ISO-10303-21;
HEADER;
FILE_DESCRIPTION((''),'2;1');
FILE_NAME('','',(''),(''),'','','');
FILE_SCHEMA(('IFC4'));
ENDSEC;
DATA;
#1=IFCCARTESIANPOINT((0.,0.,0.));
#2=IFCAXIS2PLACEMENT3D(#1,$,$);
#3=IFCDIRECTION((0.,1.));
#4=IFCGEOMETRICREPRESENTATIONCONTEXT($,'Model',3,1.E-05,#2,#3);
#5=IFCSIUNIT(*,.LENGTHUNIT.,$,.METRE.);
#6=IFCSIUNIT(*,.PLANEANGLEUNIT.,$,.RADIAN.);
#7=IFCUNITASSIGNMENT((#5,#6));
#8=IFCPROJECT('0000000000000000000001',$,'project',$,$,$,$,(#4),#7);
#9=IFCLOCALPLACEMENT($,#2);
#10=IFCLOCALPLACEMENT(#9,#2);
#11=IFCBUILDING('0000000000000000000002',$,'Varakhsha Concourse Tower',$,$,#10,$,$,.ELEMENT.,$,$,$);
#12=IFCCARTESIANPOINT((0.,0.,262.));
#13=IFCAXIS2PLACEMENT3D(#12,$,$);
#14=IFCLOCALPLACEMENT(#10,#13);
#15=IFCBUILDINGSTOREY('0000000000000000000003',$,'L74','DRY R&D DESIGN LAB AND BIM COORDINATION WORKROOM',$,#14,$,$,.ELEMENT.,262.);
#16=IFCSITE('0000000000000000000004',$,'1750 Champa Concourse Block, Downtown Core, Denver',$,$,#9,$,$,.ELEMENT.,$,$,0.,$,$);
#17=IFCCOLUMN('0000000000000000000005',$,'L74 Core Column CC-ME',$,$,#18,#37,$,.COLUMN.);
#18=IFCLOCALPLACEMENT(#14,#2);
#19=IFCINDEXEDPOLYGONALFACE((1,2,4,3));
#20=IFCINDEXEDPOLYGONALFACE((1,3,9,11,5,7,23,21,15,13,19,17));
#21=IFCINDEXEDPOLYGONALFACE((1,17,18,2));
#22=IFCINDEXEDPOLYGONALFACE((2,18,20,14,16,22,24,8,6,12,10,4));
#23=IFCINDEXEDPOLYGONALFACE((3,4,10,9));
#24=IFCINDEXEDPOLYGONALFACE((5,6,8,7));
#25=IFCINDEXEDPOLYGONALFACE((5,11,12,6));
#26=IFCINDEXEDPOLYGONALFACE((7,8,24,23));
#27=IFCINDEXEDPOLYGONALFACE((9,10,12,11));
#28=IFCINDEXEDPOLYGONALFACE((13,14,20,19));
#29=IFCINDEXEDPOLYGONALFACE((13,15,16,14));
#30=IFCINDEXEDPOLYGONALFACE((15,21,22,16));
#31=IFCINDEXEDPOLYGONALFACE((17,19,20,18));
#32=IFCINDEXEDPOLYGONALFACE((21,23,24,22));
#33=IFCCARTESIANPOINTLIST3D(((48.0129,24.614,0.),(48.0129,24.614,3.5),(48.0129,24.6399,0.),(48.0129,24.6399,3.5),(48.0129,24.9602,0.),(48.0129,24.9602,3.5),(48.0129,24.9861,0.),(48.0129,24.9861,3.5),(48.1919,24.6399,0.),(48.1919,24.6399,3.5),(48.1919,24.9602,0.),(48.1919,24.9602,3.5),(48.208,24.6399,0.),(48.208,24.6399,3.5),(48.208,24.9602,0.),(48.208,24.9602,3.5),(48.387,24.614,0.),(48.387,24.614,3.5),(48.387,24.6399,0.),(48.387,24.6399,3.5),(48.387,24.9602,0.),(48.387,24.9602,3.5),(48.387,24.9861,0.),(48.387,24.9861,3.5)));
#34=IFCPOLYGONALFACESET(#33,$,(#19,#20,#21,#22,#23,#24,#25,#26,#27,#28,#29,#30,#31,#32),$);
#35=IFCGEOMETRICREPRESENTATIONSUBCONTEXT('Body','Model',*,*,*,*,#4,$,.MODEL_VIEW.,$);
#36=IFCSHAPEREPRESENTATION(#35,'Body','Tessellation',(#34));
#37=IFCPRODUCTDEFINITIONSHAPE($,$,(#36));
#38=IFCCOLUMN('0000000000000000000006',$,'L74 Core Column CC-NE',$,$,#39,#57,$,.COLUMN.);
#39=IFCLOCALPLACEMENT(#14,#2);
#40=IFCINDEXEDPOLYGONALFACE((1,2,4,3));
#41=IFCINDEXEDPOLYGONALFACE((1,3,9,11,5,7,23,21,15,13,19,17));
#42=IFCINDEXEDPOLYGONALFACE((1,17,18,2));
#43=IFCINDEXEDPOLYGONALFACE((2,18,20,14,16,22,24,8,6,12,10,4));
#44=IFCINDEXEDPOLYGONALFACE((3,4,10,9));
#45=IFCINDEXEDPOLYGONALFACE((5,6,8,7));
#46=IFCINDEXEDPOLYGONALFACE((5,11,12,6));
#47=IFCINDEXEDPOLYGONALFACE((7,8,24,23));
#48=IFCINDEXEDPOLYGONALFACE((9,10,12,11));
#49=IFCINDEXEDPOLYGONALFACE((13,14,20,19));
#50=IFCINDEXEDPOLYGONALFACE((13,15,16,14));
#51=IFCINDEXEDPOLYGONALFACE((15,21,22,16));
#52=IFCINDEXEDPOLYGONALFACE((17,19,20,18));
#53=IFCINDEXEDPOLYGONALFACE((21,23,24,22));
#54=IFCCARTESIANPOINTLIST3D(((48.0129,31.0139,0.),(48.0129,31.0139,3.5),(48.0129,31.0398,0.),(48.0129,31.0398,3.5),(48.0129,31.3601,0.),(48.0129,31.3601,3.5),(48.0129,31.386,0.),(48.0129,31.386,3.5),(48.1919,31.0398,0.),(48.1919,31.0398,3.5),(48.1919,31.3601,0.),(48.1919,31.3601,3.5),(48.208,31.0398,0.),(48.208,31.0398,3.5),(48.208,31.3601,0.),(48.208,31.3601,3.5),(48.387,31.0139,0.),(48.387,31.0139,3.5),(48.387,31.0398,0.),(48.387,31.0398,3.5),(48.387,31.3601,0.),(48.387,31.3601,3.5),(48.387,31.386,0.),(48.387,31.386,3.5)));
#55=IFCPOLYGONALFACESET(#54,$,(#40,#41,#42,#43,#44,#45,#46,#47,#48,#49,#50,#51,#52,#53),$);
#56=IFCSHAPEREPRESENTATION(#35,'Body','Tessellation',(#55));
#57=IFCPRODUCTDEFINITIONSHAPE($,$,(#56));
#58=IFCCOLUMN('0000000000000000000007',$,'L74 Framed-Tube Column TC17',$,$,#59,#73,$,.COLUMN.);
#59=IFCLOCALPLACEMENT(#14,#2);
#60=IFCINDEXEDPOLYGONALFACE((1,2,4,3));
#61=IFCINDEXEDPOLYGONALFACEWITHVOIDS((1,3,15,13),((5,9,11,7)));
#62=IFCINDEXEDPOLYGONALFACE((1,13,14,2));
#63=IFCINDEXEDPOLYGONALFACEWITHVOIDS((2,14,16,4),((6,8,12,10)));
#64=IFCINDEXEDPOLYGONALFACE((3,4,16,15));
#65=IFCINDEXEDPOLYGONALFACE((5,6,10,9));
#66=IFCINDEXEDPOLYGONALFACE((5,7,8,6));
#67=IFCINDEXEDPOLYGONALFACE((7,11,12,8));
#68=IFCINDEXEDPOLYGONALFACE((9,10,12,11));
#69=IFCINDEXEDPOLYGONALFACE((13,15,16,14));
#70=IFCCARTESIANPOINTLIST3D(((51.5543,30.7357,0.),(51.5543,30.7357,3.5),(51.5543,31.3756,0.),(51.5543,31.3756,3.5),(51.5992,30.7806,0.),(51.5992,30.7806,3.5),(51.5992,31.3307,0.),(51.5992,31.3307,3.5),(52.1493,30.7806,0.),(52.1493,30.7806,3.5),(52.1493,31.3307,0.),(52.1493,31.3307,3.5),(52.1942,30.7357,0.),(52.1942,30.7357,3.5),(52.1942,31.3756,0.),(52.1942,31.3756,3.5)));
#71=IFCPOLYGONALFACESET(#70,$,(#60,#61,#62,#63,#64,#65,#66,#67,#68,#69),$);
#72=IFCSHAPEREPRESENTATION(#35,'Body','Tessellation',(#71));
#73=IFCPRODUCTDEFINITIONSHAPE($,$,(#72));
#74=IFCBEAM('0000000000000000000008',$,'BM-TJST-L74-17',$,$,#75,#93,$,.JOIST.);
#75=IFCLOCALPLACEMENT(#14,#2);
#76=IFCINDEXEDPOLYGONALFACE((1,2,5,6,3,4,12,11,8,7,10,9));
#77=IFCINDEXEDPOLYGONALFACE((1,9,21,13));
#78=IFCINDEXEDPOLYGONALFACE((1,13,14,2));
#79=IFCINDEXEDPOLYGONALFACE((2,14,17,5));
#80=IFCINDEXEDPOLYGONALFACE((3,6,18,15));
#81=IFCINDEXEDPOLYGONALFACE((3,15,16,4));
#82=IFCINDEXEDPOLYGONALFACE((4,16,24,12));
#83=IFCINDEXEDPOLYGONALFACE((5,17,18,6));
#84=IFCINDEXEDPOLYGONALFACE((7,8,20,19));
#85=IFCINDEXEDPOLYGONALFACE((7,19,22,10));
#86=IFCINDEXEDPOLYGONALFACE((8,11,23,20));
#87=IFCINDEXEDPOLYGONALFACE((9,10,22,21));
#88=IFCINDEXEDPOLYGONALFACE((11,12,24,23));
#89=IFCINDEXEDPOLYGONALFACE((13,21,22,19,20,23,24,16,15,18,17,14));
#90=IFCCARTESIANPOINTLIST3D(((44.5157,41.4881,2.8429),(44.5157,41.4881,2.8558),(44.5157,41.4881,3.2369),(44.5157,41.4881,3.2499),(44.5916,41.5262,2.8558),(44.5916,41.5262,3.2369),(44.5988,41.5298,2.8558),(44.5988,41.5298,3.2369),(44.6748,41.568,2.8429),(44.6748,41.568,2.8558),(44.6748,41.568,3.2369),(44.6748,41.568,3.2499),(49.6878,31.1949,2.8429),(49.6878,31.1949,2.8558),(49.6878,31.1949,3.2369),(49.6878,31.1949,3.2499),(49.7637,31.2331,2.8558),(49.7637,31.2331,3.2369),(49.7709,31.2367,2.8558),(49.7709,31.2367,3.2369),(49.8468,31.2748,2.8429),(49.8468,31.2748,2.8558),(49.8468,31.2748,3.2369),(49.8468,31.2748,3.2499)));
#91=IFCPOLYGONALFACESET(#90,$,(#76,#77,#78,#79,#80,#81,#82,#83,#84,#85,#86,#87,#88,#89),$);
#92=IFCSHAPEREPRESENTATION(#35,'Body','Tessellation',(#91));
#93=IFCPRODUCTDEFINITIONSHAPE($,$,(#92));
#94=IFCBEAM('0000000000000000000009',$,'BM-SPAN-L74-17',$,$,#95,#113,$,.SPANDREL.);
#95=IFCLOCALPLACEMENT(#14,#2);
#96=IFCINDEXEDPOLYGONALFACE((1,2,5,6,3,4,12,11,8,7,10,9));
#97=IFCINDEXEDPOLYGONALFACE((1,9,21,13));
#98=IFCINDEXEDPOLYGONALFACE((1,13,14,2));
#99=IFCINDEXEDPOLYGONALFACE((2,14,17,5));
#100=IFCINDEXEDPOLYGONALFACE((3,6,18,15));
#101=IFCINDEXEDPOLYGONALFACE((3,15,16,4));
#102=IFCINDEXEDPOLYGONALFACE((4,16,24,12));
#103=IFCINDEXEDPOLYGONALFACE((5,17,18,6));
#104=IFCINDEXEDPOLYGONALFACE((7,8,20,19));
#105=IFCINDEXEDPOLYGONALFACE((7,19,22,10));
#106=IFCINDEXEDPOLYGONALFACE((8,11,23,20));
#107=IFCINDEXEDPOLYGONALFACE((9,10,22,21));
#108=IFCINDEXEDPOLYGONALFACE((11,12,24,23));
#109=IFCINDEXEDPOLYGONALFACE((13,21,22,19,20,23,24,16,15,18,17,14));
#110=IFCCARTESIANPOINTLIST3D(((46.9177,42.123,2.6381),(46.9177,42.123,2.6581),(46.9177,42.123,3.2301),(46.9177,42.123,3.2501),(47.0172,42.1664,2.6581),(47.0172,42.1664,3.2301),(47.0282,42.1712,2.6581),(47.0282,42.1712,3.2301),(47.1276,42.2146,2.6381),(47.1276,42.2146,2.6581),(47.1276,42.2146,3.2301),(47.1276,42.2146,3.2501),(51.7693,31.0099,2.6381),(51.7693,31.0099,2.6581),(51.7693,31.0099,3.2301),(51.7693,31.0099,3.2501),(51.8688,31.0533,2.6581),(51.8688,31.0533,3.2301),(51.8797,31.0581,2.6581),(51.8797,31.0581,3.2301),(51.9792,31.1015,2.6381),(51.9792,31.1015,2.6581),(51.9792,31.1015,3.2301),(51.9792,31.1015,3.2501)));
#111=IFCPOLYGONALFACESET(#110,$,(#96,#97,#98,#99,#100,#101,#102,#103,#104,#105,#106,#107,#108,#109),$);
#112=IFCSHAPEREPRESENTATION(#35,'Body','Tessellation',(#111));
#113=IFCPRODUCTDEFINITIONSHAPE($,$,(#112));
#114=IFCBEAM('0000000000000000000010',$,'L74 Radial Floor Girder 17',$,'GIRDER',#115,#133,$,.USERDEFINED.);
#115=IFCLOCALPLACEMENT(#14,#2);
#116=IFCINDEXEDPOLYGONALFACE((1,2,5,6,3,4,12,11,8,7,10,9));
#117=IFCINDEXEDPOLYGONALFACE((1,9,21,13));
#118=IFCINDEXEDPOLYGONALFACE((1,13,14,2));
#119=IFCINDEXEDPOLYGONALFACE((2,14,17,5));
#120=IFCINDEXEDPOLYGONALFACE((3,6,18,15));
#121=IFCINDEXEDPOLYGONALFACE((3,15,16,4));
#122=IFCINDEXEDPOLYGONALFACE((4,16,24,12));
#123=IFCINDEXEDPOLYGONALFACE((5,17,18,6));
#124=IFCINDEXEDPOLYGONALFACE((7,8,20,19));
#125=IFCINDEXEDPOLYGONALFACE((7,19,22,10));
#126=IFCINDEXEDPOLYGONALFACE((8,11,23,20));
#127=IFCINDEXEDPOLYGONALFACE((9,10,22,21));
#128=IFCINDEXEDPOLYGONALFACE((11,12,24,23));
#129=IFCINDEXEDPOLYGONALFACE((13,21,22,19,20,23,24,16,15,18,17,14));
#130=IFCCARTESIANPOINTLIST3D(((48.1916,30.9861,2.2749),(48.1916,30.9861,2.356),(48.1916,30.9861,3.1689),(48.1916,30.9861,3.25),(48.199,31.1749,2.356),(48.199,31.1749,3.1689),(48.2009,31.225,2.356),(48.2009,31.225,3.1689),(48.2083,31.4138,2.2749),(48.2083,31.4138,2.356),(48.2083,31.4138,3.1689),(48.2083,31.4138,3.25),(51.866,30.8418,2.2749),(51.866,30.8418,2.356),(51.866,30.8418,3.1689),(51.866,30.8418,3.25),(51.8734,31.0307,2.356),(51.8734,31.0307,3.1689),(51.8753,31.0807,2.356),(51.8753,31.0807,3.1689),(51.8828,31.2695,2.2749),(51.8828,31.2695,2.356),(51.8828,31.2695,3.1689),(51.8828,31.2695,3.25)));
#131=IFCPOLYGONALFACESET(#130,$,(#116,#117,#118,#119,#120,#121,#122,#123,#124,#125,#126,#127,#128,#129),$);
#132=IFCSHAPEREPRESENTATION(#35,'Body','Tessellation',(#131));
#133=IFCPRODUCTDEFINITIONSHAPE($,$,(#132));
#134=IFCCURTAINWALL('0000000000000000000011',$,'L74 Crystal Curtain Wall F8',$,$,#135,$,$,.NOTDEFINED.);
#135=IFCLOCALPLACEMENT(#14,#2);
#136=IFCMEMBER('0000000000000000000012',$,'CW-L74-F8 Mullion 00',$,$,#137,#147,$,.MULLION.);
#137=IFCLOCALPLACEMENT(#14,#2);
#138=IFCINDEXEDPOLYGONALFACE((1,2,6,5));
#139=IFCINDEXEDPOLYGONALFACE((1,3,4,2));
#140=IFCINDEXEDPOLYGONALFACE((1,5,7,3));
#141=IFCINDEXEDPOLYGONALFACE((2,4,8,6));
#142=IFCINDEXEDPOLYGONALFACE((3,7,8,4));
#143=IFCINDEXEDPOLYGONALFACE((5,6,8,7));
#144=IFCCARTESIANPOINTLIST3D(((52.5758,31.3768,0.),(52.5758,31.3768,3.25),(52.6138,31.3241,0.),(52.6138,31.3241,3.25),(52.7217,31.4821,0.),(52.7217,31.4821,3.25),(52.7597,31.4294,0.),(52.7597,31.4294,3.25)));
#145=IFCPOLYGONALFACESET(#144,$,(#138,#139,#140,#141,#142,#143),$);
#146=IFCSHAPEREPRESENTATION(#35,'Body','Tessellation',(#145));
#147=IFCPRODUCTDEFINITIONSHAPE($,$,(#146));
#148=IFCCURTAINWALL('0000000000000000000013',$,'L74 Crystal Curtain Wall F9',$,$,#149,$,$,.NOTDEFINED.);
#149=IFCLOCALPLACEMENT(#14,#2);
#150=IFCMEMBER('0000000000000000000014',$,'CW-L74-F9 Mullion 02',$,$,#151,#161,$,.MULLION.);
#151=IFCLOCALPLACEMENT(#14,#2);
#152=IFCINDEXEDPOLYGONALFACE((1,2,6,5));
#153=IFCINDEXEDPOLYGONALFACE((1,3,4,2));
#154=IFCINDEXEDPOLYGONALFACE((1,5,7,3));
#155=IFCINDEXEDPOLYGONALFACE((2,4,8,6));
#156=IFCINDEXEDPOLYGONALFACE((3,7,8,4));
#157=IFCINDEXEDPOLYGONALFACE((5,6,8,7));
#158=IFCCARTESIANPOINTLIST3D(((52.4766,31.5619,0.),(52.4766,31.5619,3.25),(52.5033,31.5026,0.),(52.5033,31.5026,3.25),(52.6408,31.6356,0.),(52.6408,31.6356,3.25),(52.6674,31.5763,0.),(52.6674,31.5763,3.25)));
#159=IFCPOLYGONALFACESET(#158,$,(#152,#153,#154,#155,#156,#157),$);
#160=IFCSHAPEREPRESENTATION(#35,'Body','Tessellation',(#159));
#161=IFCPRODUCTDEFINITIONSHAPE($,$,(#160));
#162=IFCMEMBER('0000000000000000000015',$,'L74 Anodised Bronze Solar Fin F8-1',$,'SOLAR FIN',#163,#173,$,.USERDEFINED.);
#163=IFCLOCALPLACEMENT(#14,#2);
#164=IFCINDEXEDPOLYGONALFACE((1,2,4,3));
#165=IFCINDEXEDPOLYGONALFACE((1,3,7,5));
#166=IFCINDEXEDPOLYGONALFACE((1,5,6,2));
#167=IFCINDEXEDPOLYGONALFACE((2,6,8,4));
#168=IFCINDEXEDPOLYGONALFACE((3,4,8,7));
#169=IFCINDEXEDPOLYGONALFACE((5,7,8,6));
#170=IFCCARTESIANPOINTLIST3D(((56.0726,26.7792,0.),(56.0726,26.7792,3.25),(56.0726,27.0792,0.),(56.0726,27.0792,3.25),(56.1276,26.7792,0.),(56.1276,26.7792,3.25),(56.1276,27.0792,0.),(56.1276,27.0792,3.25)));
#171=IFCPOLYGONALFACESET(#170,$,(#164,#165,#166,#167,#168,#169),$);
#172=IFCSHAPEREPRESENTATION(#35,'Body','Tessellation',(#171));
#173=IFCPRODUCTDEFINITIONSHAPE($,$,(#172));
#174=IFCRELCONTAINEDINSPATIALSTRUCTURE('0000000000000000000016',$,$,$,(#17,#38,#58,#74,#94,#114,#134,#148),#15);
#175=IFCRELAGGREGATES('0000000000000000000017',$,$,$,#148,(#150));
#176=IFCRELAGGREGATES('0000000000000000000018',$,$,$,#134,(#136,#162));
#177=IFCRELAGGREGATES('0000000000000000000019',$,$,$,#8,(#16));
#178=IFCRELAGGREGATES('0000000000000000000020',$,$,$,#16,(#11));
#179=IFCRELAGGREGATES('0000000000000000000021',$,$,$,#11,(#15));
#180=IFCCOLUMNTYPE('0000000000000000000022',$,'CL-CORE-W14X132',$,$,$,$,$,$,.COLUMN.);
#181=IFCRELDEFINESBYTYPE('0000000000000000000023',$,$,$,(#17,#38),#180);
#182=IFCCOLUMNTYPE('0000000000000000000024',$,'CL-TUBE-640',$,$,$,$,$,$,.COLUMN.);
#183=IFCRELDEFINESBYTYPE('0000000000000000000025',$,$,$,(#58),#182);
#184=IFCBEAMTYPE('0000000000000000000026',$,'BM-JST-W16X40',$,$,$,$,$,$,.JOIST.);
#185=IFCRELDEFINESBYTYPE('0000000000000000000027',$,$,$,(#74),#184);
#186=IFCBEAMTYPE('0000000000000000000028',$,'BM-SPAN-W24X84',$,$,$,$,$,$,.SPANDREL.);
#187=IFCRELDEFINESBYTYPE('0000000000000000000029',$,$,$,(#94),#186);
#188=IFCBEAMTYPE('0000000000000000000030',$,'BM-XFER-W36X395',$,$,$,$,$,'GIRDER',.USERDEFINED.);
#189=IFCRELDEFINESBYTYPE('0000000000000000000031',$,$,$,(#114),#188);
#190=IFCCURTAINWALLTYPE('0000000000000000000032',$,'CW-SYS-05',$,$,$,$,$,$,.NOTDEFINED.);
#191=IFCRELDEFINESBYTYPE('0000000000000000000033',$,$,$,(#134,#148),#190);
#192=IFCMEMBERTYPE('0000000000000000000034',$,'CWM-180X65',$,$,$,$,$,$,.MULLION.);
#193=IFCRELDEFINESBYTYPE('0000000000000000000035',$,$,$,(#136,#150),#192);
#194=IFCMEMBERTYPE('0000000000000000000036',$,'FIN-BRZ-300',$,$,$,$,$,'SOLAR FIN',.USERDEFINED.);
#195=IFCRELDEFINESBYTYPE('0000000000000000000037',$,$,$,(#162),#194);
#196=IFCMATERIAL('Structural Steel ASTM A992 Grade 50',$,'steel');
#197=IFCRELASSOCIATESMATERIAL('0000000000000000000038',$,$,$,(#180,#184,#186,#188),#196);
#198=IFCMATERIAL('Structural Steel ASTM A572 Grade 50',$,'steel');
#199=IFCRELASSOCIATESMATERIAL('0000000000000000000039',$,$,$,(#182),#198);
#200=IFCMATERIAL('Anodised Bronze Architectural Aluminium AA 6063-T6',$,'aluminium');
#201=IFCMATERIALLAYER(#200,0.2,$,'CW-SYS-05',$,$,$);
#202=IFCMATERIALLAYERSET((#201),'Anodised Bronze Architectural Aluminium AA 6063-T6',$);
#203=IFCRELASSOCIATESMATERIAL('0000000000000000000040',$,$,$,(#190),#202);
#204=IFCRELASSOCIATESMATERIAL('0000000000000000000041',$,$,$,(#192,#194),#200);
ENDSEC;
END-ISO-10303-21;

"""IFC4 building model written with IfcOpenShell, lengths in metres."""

from ifc_helpers import new_model, si_unit, direction, frame, origin, origin_2d, place, context, subcontext, project, spatial, rectangle, hollow_rectangle, i_section, extrude, source, transform, mapped, material, layer, layer_set, material_profile, profile_set, type_object, type_shapes, element, aggregate, save


model = new_model("IFC4")

# Units and contexts
model_context = context("Model", 3, precision=1e-05, world=origin(), true_north=direction((0.0, 1.0)))
body_context = subcontext(model_context, "Body", "Model", "MODEL_VIEW")
ifc_project = project(units=[si_unit("LENGTHUNIT", "METRE"), si_unit("PLANEANGLEUNIT", "RADIAN")], contexts=[model_context])

# Site, building, storey
site_placement = place(None, origin())
site = spatial("IfcSite", under=ifc_project, at=site_placement, Name="1750 Champa Concourse Block, Downtown Core, Denver", CompositionType="ELEMENT", RefElevation=0.0)
building_placement = place(site_placement, origin())
building = spatial("IfcBuilding", under=site, at=building_placement, Name="Varakhsha Concourse Tower", CompositionType="ELEMENT")
storey_placement = place(building_placement, frame((0.0, 0.0, 262.0)))
storey = spatial("IfcBuildingStorey", under=building, at=storey_placement, Name="L74", Description="DRY R&D DESIGN LAB AND BIM COORDINATION WORKROOM", CompositionType="ELEMENT", Elevation=262.0)

# Columns
ifc_material_1 = material(Name="Structural Steel ASTM A992 Grade 50", Category="steel")
ifc_material_profile_1 = material_profile(ifc_material_1, i_section(OverallWidth=0.374, OverallDepth=0.3721, WebThickness=0.0161, FlangeThickness=0.0259, at=origin_2d()), Name="W14X132")
ifc_profile_set_1 = profile_set([ifc_material_profile_1], Name="Structural Steel ASTM A992 Grade 50")
column_type_1 = type_object("IfcColumnType", Name="CL-CORE-W14X132", PredefinedType="COLUMN", material=ifc_profile_set_1)
for number, where, z_axis, x_axis, name in (
    (1, (48.2, 24.8, 0.0), (0.0, 0.0, 1.0), (1.0, 0.0, 0.0), "L74 Core Column CC-ME"),
    (2, (48.2, 31.2, 0.0), (0.0, 0.0, 1.0), (1.0, 0.0, 0.0), "L74 Core Column CC-NE"),
):
    element("IfcColumn", number, at=place(storey_placement, frame(where, z_axis=z_axis, x_axis=x_axis)), inside=storey, type_object=column_type_1, Name=name, PredefinedType="COLUMN", context=body_context, shape_type="SweptSolid", body=[
        extrude(i_section(OverallWidth=0.374, OverallDepth=0.3721, WebThickness=0.0161, FlangeThickness=0.0259, at=origin_2d()), origin(), (0.0, 0.0, 1.0), 3.5),
    ])
ifc_material_2 = material(Name="Structural Steel ASTM A572 Grade 50", Category="steel")
ifc_material_profile_2 = material_profile(ifc_material_2, hollow_rectangle(XDim=0.6399, YDim=0.6399, WallThickness=0.0449, at=origin_2d()), Name="BOX 640x640x45")
ifc_profile_set_2 = profile_set([ifc_material_profile_2], Name="Structural Steel ASTM A572 Grade 50")
column_type_2 = type_object("IfcColumnType", Name="CL-TUBE-640", PredefinedType="COLUMN", material=ifc_profile_set_2)
column_placement = place(storey_placement, frame((51.8743, 31.0557, 0.0), z_axis=(0.0, 0.0, 1.0), x_axis=(1.0, 0.0, 0.0)))
element("IfcColumn", 3, at=column_placement, inside=storey, type_object=column_type_2, Name="L74 Framed-Tube Column TC17", PredefinedType="COLUMN", context=body_context, shape_type="SweptSolid", body=[
    extrude(hollow_rectangle(XDim=0.6399, YDim=0.6399, WallThickness=0.0449, at=origin_2d()), origin(), (0.0, 0.0, 1.0), 3.5),
])

# Beams
ifc_material_profile_3 = material_profile(ifc_material_1, i_section(OverallWidth=0.178, OverallDepth=0.407, WebThickness=0.0081, FlangeThickness=0.0129, at=origin_2d()), Name="W16X40")
ifc_profile_set_3 = profile_set([ifc_material_profile_3], Name="Structural Steel ASTM A992 Grade 50")
beam_type_1 = type_object("IfcBeamType", Name="BM-JST-W16X40", PredefinedType="JOIST", material=ifc_profile_set_3)
beam_1_placement = place(storey_placement, frame((49.7673, 31.2349, 3.0464), z_axis=(-0.448984, 0.89354, 0.0), x_axis=(-0.89354, -0.448984, 0.0)))
element("IfcBeam", 4, at=beam_1_placement, inside=storey, type_object=beam_type_1, Name="BM-TJST-L74-17", PredefinedType="JOIST", context=body_context, shape_type="SweptSolid", body=[
    extrude(i_section(OverallWidth=0.178, OverallDepth=0.407, WebThickness=0.0081, FlangeThickness=0.0129, at=origin_2d()), origin(), (0.0, 0.0, 1.0), 11.5195),
])
ifc_material_profile_4 = material_profile(ifc_material_1, i_section(OverallWidth=0.229, OverallDepth=0.6121, WebThickness=0.012, FlangeThickness=0.02, at=origin_2d()), Name="W24X84")
ifc_profile_set_4 = profile_set([ifc_material_profile_4], Name="Structural Steel ASTM A992 Grade 50")
beam_type_2 = type_object("IfcBeamType", Name="BM-SPAN-W24X84", PredefinedType="SPANDREL", material=ifc_profile_set_4)
beam_2_placement = place(storey_placement, frame((51.8743, 31.0557, 2.9441), z_axis=(-0.400099, 0.916472, 0.0), x_axis=(-0.916472, -0.400099, 0.0)))
element("IfcBeam", 5, at=beam_2_placement, inside=storey, type_object=beam_type_2, Name="BM-SPAN-L74-17", PredefinedType="SPANDREL", context=body_context, shape_type="SweptSolid", body=[
    extrude(i_section(OverallWidth=0.229, OverallDepth=0.6121, WebThickness=0.012, FlangeThickness=0.02, at=origin_2d()), origin(), (0.0, 0.0, 1.0), 12.126),
])
ifc_material_profile_5 = material_profile(ifc_material_1, i_section(OverallWidth=0.428, OverallDepth=0.9751, WebThickness=0.05, FlangeThickness=0.0811, at=origin_2d()), Name="W36X395")
ifc_profile_set_5 = profile_set([ifc_material_profile_5], Name="Structural Steel ASTM A992 Grade 50")
beam_type_3 = type_object("IfcBeamType", Name="BM-XFER-W36X395", ElementType="GIRDER", PredefinedType="USERDEFINED", material=ifc_profile_set_5)
beam_3_placement = place(storey_placement, frame((48.2, 31.2, 2.7625), z_axis=(0.99923, -0.039239, 0.0), x_axis=(0.039239, 0.99923, 0.0)))
element("IfcBeam", 6, at=beam_3_placement, inside=storey, type_object=beam_type_3, Name="L74 Radial Floor Girder 17", ObjectType="GIRDER", PredefinedType="USERDEFINED", context=body_context, shape_type="SweptSolid", body=[
    extrude(i_section(OverallWidth=0.428, OverallDepth=0.9751, WebThickness=0.05, FlangeThickness=0.0811, at=origin_2d()), origin(), (0.0, 0.0, 1.0), 3.6772),
])

# Curtain walls, members
ifc_material_3 = material(Name="Anodised Bronze Architectural Aluminium AA 6063-T6", Category="aluminium")
ifc_layer_1 = layer(ifc_material_3, 0.2, Name="CW-SYS-05")
ifc_layer_set_1 = layer_set([ifc_layer_1], Name="Anodised Bronze Architectural Aluminium AA 6063-T6")
curtain_wall_type = type_object("IfcCurtainWallType", Name="CW-SYS-05", PredefinedType="NOTDEFINED", material=ifc_layer_set_1)
curtain_wall_1_placement = place(storey_placement, origin())
curtain_wall_1 = element("IfcCurtainWall", 7, at=curtain_wall_1_placement, inside=storey, type_object=curtain_wall_type, Name="L74 Crystal Curtain Wall F8", PredefinedType="NOTDEFINED")
ifc_material_profile_6 = material_profile(ifc_material_3, rectangle(XDim=0.0649, YDim=0.1799, at=origin_2d()), Name="CWM-180X65")
ifc_profile_set_6 = profile_set([ifc_material_profile_6], Name="Anodised Bronze Architectural Aluminium AA 6063-T6")
member_type_1 = type_object("IfcMemberType", Name="CWM-180X65", PredefinedType="MULLION", material=ifc_profile_set_6)
shared_shape_1 = source(origin(), body_context, "Body", "SweptSolid", [
    extrude(rectangle(XDim=0.0649, YDim=0.1799, at=origin_2d()), origin(), (0.0, 0.0, 1.0), 3.25),
])
type_shapes(member_type_1, [shared_shape_1])
member_1_placement = place(storey_placement, frame((52.6677, 31.4031, 0.0), z_axis=(0.0, 0.0, 1.0), x_axis=(0.585188, -0.810897, 0.0)))
member_1 = element("IfcMember", 8, at=member_1_placement, type_object=member_type_1, Name="CW-L74-F8 Mullion 00", PredefinedType="MULLION", context=body_context, shape_type="MappedRepresentation", body=[
    mapped(shared_shape_1, transform((0.0, 0.0, 0.0), scale=1.0)),
])
curtain_wall_2_placement = place(storey_placement, origin())
curtain_wall_2 = element("IfcCurtainWall", 9, at=curtain_wall_2_placement, inside=storey, type_object=curtain_wall_type, Name="L74 Crystal Curtain Wall F9", PredefinedType="NOTDEFINED")
member_2_placement = place(storey_placement, frame((52.572, 31.5691, 0.0), z_axis=(0.0, 0.0, 1.0), x_axis=(0.409662, -0.912237, 0.0)))
member_2 = element("IfcMember", 10, at=member_2_placement, type_object=member_type_1, Name="CW-L74-F9 Mullion 02", PredefinedType="MULLION", context=body_context, shape_type="MappedRepresentation", body=[
    mapped(shared_shape_1, transform((0.0, 0.0, 0.0), scale=1.0)),
])
aggregate(curtain_wall_2, [member_2])

# Member
ifc_material_profile_7 = material_profile(ifc_material_3, rectangle(XDim=0.0549, YDim=0.3, at=origin_2d()), Name="FIN-BRZ-300")
ifc_profile_set_7 = profile_set([ifc_material_profile_7], Name="Anodised Bronze Architectural Aluminium AA 6063-T6")
member_type_2 = type_object("IfcMemberType", Name="FIN-BRZ-300", ElementType="SOLAR FIN", PredefinedType="USERDEFINED", material=ifc_profile_set_7)
shared_shape_2 = source(origin(), body_context, "Body", "SweptSolid", [
    extrude(rectangle(XDim=0.0549, YDim=0.3, at=origin_2d()), origin(), (0.0, 0.0, 1.0), 3.25),
])
type_shapes(member_type_2, [shared_shape_2])
member_3_placement = place(storey_placement, frame((56.1001, 26.9292, 0.0), z_axis=(0.0, 0.0, 1.0), x_axis=(1.0, 0.0, 0.0)))
member_3 = element("IfcMember", 11, at=member_3_placement, type_object=member_type_2, Name="L74 Anodised Bronze Solar Fin F8-1", ObjectType="SOLAR FIN", PredefinedType="USERDEFINED", context=body_context, shape_type="MappedRepresentation", body=[
    mapped(shared_shape_2, transform((0.0, 0.0, 0.0), scale=1.0)),
])

aggregate(curtain_wall_1, [member_1, member_3])

save(model, "model.ifc")
